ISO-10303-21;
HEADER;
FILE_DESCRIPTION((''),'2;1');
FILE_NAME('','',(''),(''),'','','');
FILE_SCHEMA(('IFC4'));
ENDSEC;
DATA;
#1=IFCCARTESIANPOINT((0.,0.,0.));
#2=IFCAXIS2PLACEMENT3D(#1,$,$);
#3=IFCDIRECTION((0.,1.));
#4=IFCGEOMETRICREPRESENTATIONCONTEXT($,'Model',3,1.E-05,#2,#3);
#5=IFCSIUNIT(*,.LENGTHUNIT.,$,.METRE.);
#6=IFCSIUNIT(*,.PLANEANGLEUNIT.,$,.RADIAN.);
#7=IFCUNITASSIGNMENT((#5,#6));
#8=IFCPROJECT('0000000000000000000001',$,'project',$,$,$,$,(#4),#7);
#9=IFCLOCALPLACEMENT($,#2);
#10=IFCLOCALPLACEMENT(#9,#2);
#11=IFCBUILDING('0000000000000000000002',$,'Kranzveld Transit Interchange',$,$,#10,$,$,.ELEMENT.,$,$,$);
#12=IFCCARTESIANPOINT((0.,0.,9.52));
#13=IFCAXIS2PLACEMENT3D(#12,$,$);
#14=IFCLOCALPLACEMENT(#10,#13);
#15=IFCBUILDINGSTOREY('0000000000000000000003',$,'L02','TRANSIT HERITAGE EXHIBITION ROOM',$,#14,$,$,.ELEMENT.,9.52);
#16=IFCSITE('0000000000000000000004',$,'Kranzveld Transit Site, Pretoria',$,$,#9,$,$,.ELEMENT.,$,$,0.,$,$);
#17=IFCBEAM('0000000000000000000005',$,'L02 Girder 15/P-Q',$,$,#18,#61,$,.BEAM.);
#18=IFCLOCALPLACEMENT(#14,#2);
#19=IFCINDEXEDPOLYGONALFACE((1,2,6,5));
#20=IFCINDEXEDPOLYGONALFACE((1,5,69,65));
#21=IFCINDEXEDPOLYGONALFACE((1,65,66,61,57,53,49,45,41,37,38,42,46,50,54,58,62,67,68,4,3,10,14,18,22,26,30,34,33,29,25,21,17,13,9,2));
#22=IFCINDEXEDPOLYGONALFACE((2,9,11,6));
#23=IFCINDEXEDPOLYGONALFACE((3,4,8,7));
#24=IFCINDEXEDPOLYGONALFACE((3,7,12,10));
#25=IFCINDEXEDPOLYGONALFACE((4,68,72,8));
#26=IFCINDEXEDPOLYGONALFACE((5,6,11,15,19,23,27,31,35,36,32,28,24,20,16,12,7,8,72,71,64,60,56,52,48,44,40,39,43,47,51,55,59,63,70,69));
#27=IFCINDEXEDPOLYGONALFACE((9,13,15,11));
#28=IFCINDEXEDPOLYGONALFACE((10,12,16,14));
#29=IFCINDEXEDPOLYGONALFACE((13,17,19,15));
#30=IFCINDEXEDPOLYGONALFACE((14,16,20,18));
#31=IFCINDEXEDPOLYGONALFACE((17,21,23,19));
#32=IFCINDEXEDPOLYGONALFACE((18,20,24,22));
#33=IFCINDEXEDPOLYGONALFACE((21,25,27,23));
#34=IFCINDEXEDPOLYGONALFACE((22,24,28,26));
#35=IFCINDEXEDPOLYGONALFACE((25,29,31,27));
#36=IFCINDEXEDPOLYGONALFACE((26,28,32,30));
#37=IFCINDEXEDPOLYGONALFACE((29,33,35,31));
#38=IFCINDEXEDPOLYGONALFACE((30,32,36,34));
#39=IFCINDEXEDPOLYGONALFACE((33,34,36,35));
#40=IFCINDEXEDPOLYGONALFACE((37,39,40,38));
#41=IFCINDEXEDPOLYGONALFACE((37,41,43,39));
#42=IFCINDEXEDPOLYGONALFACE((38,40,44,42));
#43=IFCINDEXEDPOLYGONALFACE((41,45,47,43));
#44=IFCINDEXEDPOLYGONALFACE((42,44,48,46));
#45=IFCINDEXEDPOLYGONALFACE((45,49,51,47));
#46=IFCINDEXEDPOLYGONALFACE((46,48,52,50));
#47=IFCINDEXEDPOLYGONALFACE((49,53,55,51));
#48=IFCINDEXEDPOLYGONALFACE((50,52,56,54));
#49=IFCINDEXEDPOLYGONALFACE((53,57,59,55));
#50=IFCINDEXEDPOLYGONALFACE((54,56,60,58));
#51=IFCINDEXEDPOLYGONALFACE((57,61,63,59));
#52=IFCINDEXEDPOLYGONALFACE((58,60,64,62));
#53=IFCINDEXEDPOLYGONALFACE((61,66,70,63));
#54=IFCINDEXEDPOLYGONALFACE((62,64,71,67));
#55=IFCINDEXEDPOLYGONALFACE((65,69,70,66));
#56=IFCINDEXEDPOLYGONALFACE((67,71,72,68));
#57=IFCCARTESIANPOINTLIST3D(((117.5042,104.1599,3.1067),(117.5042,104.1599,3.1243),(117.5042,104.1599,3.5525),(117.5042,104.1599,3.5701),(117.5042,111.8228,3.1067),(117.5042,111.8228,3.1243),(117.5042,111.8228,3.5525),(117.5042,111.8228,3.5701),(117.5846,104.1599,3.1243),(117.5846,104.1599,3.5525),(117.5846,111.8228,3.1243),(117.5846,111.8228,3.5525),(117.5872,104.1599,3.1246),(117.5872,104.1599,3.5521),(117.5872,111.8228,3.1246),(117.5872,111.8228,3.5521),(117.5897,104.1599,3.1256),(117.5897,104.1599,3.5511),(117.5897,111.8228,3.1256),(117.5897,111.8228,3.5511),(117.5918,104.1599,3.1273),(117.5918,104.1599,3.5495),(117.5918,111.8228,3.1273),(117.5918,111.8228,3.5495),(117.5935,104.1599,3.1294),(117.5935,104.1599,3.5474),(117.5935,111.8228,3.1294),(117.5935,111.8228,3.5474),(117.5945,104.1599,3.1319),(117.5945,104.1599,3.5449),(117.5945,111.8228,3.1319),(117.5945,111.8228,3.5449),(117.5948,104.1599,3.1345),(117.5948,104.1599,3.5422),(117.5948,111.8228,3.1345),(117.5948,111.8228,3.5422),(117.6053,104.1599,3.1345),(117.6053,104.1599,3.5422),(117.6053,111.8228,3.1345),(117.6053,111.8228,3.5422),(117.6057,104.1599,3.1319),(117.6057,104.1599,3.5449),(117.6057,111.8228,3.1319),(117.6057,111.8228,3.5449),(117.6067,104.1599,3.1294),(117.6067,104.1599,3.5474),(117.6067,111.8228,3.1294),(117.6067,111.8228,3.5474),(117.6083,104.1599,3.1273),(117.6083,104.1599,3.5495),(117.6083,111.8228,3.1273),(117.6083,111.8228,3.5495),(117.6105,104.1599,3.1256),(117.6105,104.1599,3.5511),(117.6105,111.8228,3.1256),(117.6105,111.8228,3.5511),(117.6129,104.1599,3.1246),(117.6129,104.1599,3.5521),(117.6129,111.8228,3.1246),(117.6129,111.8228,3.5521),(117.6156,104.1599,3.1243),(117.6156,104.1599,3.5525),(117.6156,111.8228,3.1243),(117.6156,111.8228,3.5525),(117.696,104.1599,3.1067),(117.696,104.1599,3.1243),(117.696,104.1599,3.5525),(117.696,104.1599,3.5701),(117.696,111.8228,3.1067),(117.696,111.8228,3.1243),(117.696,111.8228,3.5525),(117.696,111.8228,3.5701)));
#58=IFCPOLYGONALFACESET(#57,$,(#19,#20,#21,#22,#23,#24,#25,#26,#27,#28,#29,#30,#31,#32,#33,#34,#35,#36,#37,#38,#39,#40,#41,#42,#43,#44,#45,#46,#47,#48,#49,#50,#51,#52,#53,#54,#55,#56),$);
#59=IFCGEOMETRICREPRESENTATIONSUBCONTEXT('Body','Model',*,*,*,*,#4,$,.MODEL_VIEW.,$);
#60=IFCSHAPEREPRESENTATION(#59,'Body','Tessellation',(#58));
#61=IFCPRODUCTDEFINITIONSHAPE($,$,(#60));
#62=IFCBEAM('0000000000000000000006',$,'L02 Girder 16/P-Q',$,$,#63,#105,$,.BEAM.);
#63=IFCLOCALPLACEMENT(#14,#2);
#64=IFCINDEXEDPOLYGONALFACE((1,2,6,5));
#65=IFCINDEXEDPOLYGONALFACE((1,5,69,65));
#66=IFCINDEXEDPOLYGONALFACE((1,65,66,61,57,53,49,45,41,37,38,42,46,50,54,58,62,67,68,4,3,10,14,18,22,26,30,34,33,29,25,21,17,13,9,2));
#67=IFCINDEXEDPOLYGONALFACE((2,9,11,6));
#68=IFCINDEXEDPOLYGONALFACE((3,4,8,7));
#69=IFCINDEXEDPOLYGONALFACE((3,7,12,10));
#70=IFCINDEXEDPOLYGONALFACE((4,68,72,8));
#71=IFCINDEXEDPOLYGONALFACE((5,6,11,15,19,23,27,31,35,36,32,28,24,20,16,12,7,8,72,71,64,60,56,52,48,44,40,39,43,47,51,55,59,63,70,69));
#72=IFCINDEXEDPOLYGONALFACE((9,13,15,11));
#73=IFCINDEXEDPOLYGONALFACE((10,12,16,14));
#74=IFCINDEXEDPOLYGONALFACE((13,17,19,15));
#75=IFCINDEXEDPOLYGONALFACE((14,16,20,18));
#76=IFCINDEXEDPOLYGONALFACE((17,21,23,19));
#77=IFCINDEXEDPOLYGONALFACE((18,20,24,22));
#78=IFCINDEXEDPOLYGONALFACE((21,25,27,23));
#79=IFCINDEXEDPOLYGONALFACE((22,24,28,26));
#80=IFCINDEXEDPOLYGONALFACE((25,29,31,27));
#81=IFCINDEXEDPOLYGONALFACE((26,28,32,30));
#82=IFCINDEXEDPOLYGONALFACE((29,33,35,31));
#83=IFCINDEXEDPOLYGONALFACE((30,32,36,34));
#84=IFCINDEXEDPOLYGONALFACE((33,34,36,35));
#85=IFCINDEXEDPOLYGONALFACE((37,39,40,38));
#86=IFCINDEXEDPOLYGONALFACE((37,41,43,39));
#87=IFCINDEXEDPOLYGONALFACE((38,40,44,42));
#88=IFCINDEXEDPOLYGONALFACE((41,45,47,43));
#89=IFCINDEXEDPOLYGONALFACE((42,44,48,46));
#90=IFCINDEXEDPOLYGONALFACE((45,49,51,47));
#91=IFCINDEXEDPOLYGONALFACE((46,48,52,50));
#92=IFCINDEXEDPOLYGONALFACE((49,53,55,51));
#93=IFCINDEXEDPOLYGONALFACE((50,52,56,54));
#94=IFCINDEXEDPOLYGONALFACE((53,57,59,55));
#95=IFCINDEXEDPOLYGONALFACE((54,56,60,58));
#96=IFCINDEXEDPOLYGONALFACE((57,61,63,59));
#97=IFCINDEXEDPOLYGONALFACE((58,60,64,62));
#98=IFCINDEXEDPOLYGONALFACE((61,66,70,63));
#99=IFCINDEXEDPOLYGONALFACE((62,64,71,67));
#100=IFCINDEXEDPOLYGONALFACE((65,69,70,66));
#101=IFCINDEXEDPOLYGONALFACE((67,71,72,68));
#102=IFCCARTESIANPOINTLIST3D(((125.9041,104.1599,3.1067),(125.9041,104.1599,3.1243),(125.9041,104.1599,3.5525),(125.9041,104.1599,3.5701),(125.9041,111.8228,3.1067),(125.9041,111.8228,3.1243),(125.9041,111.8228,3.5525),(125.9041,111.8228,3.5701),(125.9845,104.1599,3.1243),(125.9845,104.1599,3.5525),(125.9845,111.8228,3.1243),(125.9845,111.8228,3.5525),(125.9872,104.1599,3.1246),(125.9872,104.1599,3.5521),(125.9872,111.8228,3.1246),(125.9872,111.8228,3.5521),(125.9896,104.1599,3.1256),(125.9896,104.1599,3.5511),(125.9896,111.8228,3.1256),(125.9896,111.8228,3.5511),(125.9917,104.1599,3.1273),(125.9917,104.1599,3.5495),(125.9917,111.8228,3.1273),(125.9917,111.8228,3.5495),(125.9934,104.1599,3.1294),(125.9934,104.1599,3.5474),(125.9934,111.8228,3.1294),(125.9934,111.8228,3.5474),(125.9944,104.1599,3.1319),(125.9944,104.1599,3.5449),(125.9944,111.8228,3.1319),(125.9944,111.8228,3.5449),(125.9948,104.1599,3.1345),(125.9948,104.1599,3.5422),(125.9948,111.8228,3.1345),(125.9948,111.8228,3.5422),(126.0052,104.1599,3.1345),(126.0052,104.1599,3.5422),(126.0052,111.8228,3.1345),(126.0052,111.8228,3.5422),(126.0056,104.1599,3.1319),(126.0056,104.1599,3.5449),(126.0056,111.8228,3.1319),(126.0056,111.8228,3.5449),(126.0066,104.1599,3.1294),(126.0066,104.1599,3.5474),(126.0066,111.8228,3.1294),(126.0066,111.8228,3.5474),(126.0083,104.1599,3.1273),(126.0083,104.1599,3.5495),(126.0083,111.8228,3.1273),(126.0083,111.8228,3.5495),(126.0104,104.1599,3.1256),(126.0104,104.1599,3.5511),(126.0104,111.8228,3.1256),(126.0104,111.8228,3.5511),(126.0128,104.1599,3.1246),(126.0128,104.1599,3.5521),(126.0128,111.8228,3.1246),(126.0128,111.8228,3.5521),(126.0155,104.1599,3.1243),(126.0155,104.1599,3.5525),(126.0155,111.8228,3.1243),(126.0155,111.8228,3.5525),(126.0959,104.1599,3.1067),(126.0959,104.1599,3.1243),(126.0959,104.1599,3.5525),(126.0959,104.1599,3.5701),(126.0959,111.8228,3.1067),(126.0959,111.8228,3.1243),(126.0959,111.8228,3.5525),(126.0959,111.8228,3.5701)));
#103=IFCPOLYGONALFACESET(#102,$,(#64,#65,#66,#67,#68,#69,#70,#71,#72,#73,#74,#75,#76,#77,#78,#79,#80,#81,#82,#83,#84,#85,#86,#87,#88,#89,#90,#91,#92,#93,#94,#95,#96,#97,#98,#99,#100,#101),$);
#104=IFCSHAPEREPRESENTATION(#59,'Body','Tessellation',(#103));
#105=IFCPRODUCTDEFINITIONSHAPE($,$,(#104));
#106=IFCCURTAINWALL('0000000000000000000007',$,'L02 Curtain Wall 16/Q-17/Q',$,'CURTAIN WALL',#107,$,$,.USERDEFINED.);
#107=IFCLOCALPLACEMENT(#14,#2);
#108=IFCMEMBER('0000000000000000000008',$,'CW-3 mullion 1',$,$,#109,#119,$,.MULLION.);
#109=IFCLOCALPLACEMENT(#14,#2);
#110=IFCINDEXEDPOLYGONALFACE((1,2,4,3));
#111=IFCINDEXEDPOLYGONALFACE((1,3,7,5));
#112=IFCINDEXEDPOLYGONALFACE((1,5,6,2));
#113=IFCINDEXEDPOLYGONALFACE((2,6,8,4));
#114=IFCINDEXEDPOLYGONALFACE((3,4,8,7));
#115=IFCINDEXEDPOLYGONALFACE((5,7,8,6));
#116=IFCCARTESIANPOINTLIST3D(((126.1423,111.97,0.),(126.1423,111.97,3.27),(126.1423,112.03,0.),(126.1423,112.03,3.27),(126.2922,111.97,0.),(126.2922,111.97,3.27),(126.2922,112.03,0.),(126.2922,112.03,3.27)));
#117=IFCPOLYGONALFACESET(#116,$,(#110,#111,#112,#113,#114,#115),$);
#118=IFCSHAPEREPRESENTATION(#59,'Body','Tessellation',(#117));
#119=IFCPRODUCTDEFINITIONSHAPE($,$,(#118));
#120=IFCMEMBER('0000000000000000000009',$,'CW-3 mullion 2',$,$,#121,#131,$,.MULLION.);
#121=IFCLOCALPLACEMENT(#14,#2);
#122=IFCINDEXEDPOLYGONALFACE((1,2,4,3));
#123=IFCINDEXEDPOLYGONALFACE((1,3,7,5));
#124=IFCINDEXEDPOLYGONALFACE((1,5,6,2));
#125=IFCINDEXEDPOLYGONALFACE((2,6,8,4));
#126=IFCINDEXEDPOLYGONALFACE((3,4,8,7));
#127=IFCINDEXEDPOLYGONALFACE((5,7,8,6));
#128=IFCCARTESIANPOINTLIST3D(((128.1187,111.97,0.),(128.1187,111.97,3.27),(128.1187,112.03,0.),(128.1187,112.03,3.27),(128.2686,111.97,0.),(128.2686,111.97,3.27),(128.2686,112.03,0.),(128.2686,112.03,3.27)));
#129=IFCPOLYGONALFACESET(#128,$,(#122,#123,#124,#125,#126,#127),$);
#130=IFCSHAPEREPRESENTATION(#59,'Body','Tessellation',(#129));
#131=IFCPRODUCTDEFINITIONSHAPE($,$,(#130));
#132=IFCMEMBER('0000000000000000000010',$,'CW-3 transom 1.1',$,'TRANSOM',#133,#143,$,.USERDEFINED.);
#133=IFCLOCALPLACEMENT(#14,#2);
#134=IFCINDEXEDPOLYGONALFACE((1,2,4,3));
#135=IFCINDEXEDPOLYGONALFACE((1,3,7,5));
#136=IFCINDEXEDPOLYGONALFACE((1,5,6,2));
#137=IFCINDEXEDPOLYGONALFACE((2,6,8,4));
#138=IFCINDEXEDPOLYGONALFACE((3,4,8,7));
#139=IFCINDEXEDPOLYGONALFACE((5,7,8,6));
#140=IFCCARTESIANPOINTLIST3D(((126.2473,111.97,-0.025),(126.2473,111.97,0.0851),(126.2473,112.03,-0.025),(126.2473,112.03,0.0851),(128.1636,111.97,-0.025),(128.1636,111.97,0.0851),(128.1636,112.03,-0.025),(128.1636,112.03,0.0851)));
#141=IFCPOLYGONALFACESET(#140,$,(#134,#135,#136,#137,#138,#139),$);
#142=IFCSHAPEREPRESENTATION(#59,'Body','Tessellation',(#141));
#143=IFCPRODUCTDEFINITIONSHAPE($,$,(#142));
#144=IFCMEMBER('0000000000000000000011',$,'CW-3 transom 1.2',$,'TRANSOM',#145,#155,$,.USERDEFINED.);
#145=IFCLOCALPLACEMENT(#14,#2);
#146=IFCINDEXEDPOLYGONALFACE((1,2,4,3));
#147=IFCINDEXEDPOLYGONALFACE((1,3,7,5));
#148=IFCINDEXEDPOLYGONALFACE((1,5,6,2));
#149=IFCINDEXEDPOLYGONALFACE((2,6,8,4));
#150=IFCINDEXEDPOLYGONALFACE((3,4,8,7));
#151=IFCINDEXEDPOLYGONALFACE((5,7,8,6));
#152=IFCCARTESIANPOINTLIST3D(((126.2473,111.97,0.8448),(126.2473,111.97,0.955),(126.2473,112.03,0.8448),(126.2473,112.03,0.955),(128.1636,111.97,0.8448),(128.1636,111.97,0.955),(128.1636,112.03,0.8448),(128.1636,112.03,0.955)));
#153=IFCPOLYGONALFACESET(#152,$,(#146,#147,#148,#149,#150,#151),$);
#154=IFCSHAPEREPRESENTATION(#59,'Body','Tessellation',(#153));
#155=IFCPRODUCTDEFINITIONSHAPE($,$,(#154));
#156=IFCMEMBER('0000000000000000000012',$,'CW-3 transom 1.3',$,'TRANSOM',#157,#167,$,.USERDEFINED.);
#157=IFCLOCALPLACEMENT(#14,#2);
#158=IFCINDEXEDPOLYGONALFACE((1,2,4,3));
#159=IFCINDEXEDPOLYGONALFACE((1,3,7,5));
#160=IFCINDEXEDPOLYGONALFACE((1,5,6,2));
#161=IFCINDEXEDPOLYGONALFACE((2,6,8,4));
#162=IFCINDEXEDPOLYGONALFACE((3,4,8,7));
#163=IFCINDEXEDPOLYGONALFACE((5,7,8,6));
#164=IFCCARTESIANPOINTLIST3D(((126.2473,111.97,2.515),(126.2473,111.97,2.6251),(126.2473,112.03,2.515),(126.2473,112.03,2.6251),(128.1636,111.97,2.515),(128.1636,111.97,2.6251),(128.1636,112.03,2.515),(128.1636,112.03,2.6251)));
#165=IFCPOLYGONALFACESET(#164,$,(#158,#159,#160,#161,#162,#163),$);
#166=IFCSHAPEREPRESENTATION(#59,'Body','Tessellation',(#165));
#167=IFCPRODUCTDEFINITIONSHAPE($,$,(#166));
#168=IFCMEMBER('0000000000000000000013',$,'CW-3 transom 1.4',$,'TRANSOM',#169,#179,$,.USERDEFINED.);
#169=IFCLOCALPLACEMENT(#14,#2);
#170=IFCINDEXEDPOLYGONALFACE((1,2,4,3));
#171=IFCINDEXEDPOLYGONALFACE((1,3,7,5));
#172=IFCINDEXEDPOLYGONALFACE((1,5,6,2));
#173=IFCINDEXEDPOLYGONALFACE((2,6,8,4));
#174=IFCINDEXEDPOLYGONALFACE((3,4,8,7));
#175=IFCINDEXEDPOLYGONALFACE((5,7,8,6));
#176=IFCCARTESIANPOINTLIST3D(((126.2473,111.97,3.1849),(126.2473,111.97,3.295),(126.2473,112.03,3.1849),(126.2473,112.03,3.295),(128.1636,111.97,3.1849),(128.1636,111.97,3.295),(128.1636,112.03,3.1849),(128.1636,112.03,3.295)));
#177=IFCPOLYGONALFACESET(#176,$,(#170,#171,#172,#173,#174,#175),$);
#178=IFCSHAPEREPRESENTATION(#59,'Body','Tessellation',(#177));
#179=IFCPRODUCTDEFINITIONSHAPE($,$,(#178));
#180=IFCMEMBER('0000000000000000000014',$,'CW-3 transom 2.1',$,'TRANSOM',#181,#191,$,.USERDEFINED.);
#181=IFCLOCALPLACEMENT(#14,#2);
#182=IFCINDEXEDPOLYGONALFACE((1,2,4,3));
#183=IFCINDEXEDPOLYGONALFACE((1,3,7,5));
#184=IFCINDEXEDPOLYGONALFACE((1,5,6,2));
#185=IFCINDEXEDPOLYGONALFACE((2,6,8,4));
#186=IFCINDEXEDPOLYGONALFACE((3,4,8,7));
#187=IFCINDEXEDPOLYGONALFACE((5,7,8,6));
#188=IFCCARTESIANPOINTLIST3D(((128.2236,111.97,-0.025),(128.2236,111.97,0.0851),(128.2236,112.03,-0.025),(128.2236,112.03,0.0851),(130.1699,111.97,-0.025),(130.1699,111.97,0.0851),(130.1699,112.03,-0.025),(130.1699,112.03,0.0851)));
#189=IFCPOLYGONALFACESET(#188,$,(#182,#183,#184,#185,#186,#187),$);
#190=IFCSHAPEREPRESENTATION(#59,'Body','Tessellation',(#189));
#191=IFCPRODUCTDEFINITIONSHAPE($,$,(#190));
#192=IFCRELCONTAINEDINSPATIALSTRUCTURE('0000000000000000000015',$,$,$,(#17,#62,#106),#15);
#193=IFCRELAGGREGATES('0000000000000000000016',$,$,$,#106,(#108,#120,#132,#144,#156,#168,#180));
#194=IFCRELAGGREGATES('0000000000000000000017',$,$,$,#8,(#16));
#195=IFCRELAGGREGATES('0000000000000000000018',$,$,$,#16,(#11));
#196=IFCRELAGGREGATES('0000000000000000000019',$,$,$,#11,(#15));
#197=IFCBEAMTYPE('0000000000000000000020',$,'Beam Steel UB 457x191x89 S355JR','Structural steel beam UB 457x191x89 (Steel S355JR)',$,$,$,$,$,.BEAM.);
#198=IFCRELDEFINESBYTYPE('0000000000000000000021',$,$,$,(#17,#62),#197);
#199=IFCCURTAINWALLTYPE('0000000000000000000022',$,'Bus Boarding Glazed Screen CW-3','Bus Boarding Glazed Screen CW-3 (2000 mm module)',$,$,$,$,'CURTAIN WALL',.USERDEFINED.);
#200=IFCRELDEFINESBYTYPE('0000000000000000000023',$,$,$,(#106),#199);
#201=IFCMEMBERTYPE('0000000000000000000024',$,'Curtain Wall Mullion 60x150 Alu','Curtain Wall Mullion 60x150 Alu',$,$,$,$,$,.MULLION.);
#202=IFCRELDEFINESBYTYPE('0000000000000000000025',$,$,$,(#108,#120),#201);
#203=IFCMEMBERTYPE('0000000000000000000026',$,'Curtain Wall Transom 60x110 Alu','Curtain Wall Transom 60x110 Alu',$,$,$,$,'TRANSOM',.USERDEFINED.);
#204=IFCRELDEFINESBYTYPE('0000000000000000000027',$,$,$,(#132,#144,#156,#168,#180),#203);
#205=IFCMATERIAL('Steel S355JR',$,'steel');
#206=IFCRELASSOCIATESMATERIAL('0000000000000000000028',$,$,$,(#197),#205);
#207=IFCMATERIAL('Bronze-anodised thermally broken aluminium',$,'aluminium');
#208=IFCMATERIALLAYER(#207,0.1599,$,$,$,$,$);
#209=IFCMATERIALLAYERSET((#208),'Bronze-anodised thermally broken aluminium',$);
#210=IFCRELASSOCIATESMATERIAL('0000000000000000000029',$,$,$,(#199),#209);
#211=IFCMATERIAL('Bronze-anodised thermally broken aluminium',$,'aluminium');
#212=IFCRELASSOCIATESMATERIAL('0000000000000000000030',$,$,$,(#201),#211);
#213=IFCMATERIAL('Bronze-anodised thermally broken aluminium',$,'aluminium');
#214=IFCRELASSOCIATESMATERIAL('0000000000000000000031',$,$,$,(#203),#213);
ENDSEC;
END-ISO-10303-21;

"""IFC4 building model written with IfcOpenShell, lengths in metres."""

from ifc_helpers import new_model, si_unit, direction, frame, origin, origin_2d, place, context, subcontext, project, spatial, rectangle, i_section, extrude, material, layer, layer_set, material_profile, profile_set, type_object, element, aggregate, save


model = new_model("IFC4")

# Units and contexts
model_context = context("Model", 3, precision=1e-05, world=origin(), true_north=direction((0.0, 1.0)))
body_context = subcontext(model_context, "Body", "Model", "MODEL_VIEW")
ifc_project = project(units=[si_unit("LENGTHUNIT", "METRE"), si_unit("PLANEANGLEUNIT", "RADIAN")], contexts=[model_context])

# Site, building, storey
site_placement = place(None, origin())
site = spatial("IfcSite", under=ifc_project, at=site_placement, Name="Kranzveld Transit Site, Pretoria", CompositionType="ELEMENT", RefElevation=0.0)
building_placement = place(site_placement, origin())
building = spatial("IfcBuilding", under=site, at=building_placement, Name="Kranzveld Transit Interchange", CompositionType="ELEMENT")
storey_placement = place(building_placement, frame((0.0, 0.0, 9.52)))
storey = spatial("IfcBuildingStorey", under=building, at=storey_placement, Name="L02", Description="TRANSIT HERITAGE EXHIBITION ROOM", CompositionType="ELEMENT", Elevation=9.52)

# Beams
ifc_material_1 = material(Name="Steel S355JR", Category="steel")
ifc_material_profile_1 = material_profile(ifc_material_1, i_section(OverallWidth=0.1919, OverallDepth=0.4634, WebThickness=0.0105, FlangeThickness=0.0176, FilletRadius=0.0103, at=origin_2d()), Name="UB 457x191x89")
ifc_profile_set_1 = profile_set([ifc_material_profile_1], Name="Steel S355JR")
beam_type_1 = type_object("IfcBeamType", Name="Beam Steel UB 457x191x89 S355JR", Description="Structural steel beam UB 457x191x89 (Steel S355JR)", PredefinedType="BEAM", material=ifc_profile_set_1)
for number, where, z_axis, x_axis, name in (
    (1, (117.6001, 104.1599, 3.3384), (0.0, 1.0, 0.0), (-1.0, 0.0, 0.0), "L02 Girder 15/P-Q"),
    (2, (126.0, 104.1599, 3.3384), (0.0, 1.0, 0.0), (-1.0, 0.0, 0.0), "L02 Girder 16/P-Q"),
):
    element("IfcBeam", number, at=place(storey_placement, frame(where, z_axis=z_axis, x_axis=x_axis)), inside=storey, type_object=beam_type_1, Name=name, PredefinedType="BEAM", context=body_context, shape_type="SweptSolid", body=[
        extrude(i_section(OverallWidth=0.1919, OverallDepth=0.4634, WebThickness=0.0105, FlangeThickness=0.0176, FilletRadius=0.0103, at=origin_2d()), origin(), (0.0, 0.0, 1.0), 7.6628),
    ])

# Curtain wall, members
ifc_material_2 = material(Name="Bronze-anodised thermally broken aluminium", Category="aluminium")
ifc_layer_1 = layer(ifc_material_2, 0.1599)
ifc_layer_set_1 = layer_set([ifc_layer_1], Name="Bronze-anodised thermally broken aluminium")
curtain_wall_type = type_object("IfcCurtainWallType", Name="Bus Boarding Glazed Screen CW-3", Description="Bus Boarding Glazed Screen CW-3 (2000 mm module)", ElementType="CURTAIN WALL", PredefinedType="USERDEFINED", material=ifc_layer_set_1)
curtain_wall_placement = place(storey_placement, origin())
curtain_wall = element("IfcCurtainWall", 3, at=curtain_wall_placement, inside=storey, type_object=curtain_wall_type, Name="L02 Curtain Wall 16/Q-17/Q", ObjectType="CURTAIN WALL", PredefinedType="USERDEFINED")
ifc_material_3 = material(Name="Bronze-anodised thermally broken aluminium", Category="aluminium")
ifc_material_profile_2 = material_profile(ifc_material_3, rectangle(XDim=0.0601, YDim=0.1499, at=origin_2d()), Name="ALU MULLION 60x150")
ifc_profile_set_2 = profile_set([ifc_material_profile_2], Name="Bronze-anodised thermally broken aluminium")
member_type_1 = type_object("IfcMemberType", Name="Curtain Wall Mullion 60x150 Alu", Description="Curtain Wall Mullion 60x150 Alu", PredefinedType="MULLION", material=ifc_profile_set_2)
member_1_placement = place(storey_placement, frame((126.2173, 112.0, 0.0), z_axis=(0.0, 0.0, 1.0), x_axis=(0.0, 1.0, 0.0)))
member_1 = element("IfcMember", 4, at=member_1_placement, type_object=member_type_1, Name="CW-3 mullion 1", PredefinedType="MULLION", context=body_context, shape_type="SweptSolid", body=[
    extrude(rectangle(XDim=0.0601, YDim=0.1499, at=origin_2d()), origin(), (0.0, 0.0, 1.0), 3.27),
])
member_2_placement = place(storey_placement, frame((128.1936, 112.0, 0.0), z_axis=(0.0, 0.0, 1.0), x_axis=(0.0, 1.0, 0.0)))
member_2 = element("IfcMember", 5, at=member_2_placement, type_object=member_type_1, Name="CW-3 mullion 2", PredefinedType="MULLION", context=body_context, shape_type="SweptSolid", body=[
    extrude(rectangle(XDim=0.0601, YDim=0.1499, at=origin_2d()), origin(), (0.0, 0.0, 1.0), 3.27),
])
ifc_material_4 = material(Name="Bronze-anodised thermally broken aluminium", Category="aluminium")
ifc_material_profile_3 = material_profile(ifc_material_4, rectangle(XDim=0.0601, YDim=0.1101, at=origin_2d()), Name="ALU TRANSOM 60x110")
ifc_profile_set_3 = profile_set([ifc_material_profile_3], Name="Bronze-anodised thermally broken aluminium")
member_type_2 = type_object("IfcMemberType", Name="Curtain Wall Transom 60x110 Alu", Description="Curtain Wall Transom 60x110 Alu", ElementType="TRANSOM", PredefinedType="USERDEFINED", material=ifc_profile_set_3)
member_3_placement = place(storey_placement, frame((126.2473, 112.0, 0.03), z_axis=(1.0, 0.0, 0.0), x_axis=(0.0, 1.0, 0.0)))
member_3 = element("IfcMember", 6, at=member_3_placement, type_object=member_type_2, Name="CW-3 transom 1.1", ObjectType="TRANSOM", PredefinedType="USERDEFINED", context=body_context, shape_type="SweptSolid", body=[
    extrude(rectangle(XDim=0.0601, YDim=0.1101, at=origin_2d()), origin(), (0.0, 0.0, 1.0), 1.9163),
])
member_4_placement = place(storey_placement, frame((126.2473, 112.0, 0.8999), z_axis=(1.0, 0.0, 0.0), x_axis=(0.0, 1.0, 0.0)))
member_4 = element("IfcMember", 7, at=member_4_placement, type_object=member_type_2, Name="CW-3 transom 1.2", ObjectType="TRANSOM", PredefinedType="USERDEFINED", context=body_context, shape_type="SweptSolid", body=[
    extrude(rectangle(XDim=0.0601, YDim=0.1101, at=origin_2d()), origin(), (0.0, 0.0, 1.0), 1.9163),
])
member_5_placement = place(storey_placement, frame((126.2473, 112.0, 2.5701), z_axis=(1.0, 0.0, 0.0), x_axis=(0.0, 1.0, 0.0)))
member_5 = element("IfcMember", 8, at=member_5_placement, type_object=member_type_2, Name="CW-3 transom 1.3", ObjectType="TRANSOM", PredefinedType="USERDEFINED", context=body_context, shape_type="SweptSolid", body=[
    extrude(rectangle(XDim=0.0601, YDim=0.1101, at=origin_2d()), origin(), (0.0, 0.0, 1.0), 1.9163),
])
member_6_placement = place(storey_placement, frame((126.2473, 112.0, 3.24), z_axis=(1.0, 0.0, 0.0), x_axis=(0.0, 1.0, 0.0)))
member_6 = element("IfcMember", 9, at=member_6_placement, type_object=member_type_2, Name="CW-3 transom 1.4", ObjectType="TRANSOM", PredefinedType="USERDEFINED", context=body_context, shape_type="SweptSolid", body=[
    extrude(rectangle(XDim=0.0601, YDim=0.1101, at=origin_2d()), origin(), (0.0, 0.0, 1.0), 1.9163),
])
member_7_placement = place(storey_placement, frame((128.2236, 112.0, 0.03), z_axis=(1.0, 0.0, 0.0), x_axis=(0.0, 1.0, 0.0)))
member_7 = element("IfcMember", 10, at=member_7_placement, type_object=member_type_2, Name="CW-3 transom 2.1", ObjectType="TRANSOM", PredefinedType="USERDEFINED", context=body_context, shape_type="SweptSolid", body=[
    extrude(rectangle(XDim=0.0601, YDim=0.1101, at=origin_2d()), origin(), (0.0, 0.0, 1.0), 1.9463),
])

aggregate(curtain_wall, [member_1, member_2, member_3, member_4, member_5, member_6, member_7])

save(model, "model.ifc")
